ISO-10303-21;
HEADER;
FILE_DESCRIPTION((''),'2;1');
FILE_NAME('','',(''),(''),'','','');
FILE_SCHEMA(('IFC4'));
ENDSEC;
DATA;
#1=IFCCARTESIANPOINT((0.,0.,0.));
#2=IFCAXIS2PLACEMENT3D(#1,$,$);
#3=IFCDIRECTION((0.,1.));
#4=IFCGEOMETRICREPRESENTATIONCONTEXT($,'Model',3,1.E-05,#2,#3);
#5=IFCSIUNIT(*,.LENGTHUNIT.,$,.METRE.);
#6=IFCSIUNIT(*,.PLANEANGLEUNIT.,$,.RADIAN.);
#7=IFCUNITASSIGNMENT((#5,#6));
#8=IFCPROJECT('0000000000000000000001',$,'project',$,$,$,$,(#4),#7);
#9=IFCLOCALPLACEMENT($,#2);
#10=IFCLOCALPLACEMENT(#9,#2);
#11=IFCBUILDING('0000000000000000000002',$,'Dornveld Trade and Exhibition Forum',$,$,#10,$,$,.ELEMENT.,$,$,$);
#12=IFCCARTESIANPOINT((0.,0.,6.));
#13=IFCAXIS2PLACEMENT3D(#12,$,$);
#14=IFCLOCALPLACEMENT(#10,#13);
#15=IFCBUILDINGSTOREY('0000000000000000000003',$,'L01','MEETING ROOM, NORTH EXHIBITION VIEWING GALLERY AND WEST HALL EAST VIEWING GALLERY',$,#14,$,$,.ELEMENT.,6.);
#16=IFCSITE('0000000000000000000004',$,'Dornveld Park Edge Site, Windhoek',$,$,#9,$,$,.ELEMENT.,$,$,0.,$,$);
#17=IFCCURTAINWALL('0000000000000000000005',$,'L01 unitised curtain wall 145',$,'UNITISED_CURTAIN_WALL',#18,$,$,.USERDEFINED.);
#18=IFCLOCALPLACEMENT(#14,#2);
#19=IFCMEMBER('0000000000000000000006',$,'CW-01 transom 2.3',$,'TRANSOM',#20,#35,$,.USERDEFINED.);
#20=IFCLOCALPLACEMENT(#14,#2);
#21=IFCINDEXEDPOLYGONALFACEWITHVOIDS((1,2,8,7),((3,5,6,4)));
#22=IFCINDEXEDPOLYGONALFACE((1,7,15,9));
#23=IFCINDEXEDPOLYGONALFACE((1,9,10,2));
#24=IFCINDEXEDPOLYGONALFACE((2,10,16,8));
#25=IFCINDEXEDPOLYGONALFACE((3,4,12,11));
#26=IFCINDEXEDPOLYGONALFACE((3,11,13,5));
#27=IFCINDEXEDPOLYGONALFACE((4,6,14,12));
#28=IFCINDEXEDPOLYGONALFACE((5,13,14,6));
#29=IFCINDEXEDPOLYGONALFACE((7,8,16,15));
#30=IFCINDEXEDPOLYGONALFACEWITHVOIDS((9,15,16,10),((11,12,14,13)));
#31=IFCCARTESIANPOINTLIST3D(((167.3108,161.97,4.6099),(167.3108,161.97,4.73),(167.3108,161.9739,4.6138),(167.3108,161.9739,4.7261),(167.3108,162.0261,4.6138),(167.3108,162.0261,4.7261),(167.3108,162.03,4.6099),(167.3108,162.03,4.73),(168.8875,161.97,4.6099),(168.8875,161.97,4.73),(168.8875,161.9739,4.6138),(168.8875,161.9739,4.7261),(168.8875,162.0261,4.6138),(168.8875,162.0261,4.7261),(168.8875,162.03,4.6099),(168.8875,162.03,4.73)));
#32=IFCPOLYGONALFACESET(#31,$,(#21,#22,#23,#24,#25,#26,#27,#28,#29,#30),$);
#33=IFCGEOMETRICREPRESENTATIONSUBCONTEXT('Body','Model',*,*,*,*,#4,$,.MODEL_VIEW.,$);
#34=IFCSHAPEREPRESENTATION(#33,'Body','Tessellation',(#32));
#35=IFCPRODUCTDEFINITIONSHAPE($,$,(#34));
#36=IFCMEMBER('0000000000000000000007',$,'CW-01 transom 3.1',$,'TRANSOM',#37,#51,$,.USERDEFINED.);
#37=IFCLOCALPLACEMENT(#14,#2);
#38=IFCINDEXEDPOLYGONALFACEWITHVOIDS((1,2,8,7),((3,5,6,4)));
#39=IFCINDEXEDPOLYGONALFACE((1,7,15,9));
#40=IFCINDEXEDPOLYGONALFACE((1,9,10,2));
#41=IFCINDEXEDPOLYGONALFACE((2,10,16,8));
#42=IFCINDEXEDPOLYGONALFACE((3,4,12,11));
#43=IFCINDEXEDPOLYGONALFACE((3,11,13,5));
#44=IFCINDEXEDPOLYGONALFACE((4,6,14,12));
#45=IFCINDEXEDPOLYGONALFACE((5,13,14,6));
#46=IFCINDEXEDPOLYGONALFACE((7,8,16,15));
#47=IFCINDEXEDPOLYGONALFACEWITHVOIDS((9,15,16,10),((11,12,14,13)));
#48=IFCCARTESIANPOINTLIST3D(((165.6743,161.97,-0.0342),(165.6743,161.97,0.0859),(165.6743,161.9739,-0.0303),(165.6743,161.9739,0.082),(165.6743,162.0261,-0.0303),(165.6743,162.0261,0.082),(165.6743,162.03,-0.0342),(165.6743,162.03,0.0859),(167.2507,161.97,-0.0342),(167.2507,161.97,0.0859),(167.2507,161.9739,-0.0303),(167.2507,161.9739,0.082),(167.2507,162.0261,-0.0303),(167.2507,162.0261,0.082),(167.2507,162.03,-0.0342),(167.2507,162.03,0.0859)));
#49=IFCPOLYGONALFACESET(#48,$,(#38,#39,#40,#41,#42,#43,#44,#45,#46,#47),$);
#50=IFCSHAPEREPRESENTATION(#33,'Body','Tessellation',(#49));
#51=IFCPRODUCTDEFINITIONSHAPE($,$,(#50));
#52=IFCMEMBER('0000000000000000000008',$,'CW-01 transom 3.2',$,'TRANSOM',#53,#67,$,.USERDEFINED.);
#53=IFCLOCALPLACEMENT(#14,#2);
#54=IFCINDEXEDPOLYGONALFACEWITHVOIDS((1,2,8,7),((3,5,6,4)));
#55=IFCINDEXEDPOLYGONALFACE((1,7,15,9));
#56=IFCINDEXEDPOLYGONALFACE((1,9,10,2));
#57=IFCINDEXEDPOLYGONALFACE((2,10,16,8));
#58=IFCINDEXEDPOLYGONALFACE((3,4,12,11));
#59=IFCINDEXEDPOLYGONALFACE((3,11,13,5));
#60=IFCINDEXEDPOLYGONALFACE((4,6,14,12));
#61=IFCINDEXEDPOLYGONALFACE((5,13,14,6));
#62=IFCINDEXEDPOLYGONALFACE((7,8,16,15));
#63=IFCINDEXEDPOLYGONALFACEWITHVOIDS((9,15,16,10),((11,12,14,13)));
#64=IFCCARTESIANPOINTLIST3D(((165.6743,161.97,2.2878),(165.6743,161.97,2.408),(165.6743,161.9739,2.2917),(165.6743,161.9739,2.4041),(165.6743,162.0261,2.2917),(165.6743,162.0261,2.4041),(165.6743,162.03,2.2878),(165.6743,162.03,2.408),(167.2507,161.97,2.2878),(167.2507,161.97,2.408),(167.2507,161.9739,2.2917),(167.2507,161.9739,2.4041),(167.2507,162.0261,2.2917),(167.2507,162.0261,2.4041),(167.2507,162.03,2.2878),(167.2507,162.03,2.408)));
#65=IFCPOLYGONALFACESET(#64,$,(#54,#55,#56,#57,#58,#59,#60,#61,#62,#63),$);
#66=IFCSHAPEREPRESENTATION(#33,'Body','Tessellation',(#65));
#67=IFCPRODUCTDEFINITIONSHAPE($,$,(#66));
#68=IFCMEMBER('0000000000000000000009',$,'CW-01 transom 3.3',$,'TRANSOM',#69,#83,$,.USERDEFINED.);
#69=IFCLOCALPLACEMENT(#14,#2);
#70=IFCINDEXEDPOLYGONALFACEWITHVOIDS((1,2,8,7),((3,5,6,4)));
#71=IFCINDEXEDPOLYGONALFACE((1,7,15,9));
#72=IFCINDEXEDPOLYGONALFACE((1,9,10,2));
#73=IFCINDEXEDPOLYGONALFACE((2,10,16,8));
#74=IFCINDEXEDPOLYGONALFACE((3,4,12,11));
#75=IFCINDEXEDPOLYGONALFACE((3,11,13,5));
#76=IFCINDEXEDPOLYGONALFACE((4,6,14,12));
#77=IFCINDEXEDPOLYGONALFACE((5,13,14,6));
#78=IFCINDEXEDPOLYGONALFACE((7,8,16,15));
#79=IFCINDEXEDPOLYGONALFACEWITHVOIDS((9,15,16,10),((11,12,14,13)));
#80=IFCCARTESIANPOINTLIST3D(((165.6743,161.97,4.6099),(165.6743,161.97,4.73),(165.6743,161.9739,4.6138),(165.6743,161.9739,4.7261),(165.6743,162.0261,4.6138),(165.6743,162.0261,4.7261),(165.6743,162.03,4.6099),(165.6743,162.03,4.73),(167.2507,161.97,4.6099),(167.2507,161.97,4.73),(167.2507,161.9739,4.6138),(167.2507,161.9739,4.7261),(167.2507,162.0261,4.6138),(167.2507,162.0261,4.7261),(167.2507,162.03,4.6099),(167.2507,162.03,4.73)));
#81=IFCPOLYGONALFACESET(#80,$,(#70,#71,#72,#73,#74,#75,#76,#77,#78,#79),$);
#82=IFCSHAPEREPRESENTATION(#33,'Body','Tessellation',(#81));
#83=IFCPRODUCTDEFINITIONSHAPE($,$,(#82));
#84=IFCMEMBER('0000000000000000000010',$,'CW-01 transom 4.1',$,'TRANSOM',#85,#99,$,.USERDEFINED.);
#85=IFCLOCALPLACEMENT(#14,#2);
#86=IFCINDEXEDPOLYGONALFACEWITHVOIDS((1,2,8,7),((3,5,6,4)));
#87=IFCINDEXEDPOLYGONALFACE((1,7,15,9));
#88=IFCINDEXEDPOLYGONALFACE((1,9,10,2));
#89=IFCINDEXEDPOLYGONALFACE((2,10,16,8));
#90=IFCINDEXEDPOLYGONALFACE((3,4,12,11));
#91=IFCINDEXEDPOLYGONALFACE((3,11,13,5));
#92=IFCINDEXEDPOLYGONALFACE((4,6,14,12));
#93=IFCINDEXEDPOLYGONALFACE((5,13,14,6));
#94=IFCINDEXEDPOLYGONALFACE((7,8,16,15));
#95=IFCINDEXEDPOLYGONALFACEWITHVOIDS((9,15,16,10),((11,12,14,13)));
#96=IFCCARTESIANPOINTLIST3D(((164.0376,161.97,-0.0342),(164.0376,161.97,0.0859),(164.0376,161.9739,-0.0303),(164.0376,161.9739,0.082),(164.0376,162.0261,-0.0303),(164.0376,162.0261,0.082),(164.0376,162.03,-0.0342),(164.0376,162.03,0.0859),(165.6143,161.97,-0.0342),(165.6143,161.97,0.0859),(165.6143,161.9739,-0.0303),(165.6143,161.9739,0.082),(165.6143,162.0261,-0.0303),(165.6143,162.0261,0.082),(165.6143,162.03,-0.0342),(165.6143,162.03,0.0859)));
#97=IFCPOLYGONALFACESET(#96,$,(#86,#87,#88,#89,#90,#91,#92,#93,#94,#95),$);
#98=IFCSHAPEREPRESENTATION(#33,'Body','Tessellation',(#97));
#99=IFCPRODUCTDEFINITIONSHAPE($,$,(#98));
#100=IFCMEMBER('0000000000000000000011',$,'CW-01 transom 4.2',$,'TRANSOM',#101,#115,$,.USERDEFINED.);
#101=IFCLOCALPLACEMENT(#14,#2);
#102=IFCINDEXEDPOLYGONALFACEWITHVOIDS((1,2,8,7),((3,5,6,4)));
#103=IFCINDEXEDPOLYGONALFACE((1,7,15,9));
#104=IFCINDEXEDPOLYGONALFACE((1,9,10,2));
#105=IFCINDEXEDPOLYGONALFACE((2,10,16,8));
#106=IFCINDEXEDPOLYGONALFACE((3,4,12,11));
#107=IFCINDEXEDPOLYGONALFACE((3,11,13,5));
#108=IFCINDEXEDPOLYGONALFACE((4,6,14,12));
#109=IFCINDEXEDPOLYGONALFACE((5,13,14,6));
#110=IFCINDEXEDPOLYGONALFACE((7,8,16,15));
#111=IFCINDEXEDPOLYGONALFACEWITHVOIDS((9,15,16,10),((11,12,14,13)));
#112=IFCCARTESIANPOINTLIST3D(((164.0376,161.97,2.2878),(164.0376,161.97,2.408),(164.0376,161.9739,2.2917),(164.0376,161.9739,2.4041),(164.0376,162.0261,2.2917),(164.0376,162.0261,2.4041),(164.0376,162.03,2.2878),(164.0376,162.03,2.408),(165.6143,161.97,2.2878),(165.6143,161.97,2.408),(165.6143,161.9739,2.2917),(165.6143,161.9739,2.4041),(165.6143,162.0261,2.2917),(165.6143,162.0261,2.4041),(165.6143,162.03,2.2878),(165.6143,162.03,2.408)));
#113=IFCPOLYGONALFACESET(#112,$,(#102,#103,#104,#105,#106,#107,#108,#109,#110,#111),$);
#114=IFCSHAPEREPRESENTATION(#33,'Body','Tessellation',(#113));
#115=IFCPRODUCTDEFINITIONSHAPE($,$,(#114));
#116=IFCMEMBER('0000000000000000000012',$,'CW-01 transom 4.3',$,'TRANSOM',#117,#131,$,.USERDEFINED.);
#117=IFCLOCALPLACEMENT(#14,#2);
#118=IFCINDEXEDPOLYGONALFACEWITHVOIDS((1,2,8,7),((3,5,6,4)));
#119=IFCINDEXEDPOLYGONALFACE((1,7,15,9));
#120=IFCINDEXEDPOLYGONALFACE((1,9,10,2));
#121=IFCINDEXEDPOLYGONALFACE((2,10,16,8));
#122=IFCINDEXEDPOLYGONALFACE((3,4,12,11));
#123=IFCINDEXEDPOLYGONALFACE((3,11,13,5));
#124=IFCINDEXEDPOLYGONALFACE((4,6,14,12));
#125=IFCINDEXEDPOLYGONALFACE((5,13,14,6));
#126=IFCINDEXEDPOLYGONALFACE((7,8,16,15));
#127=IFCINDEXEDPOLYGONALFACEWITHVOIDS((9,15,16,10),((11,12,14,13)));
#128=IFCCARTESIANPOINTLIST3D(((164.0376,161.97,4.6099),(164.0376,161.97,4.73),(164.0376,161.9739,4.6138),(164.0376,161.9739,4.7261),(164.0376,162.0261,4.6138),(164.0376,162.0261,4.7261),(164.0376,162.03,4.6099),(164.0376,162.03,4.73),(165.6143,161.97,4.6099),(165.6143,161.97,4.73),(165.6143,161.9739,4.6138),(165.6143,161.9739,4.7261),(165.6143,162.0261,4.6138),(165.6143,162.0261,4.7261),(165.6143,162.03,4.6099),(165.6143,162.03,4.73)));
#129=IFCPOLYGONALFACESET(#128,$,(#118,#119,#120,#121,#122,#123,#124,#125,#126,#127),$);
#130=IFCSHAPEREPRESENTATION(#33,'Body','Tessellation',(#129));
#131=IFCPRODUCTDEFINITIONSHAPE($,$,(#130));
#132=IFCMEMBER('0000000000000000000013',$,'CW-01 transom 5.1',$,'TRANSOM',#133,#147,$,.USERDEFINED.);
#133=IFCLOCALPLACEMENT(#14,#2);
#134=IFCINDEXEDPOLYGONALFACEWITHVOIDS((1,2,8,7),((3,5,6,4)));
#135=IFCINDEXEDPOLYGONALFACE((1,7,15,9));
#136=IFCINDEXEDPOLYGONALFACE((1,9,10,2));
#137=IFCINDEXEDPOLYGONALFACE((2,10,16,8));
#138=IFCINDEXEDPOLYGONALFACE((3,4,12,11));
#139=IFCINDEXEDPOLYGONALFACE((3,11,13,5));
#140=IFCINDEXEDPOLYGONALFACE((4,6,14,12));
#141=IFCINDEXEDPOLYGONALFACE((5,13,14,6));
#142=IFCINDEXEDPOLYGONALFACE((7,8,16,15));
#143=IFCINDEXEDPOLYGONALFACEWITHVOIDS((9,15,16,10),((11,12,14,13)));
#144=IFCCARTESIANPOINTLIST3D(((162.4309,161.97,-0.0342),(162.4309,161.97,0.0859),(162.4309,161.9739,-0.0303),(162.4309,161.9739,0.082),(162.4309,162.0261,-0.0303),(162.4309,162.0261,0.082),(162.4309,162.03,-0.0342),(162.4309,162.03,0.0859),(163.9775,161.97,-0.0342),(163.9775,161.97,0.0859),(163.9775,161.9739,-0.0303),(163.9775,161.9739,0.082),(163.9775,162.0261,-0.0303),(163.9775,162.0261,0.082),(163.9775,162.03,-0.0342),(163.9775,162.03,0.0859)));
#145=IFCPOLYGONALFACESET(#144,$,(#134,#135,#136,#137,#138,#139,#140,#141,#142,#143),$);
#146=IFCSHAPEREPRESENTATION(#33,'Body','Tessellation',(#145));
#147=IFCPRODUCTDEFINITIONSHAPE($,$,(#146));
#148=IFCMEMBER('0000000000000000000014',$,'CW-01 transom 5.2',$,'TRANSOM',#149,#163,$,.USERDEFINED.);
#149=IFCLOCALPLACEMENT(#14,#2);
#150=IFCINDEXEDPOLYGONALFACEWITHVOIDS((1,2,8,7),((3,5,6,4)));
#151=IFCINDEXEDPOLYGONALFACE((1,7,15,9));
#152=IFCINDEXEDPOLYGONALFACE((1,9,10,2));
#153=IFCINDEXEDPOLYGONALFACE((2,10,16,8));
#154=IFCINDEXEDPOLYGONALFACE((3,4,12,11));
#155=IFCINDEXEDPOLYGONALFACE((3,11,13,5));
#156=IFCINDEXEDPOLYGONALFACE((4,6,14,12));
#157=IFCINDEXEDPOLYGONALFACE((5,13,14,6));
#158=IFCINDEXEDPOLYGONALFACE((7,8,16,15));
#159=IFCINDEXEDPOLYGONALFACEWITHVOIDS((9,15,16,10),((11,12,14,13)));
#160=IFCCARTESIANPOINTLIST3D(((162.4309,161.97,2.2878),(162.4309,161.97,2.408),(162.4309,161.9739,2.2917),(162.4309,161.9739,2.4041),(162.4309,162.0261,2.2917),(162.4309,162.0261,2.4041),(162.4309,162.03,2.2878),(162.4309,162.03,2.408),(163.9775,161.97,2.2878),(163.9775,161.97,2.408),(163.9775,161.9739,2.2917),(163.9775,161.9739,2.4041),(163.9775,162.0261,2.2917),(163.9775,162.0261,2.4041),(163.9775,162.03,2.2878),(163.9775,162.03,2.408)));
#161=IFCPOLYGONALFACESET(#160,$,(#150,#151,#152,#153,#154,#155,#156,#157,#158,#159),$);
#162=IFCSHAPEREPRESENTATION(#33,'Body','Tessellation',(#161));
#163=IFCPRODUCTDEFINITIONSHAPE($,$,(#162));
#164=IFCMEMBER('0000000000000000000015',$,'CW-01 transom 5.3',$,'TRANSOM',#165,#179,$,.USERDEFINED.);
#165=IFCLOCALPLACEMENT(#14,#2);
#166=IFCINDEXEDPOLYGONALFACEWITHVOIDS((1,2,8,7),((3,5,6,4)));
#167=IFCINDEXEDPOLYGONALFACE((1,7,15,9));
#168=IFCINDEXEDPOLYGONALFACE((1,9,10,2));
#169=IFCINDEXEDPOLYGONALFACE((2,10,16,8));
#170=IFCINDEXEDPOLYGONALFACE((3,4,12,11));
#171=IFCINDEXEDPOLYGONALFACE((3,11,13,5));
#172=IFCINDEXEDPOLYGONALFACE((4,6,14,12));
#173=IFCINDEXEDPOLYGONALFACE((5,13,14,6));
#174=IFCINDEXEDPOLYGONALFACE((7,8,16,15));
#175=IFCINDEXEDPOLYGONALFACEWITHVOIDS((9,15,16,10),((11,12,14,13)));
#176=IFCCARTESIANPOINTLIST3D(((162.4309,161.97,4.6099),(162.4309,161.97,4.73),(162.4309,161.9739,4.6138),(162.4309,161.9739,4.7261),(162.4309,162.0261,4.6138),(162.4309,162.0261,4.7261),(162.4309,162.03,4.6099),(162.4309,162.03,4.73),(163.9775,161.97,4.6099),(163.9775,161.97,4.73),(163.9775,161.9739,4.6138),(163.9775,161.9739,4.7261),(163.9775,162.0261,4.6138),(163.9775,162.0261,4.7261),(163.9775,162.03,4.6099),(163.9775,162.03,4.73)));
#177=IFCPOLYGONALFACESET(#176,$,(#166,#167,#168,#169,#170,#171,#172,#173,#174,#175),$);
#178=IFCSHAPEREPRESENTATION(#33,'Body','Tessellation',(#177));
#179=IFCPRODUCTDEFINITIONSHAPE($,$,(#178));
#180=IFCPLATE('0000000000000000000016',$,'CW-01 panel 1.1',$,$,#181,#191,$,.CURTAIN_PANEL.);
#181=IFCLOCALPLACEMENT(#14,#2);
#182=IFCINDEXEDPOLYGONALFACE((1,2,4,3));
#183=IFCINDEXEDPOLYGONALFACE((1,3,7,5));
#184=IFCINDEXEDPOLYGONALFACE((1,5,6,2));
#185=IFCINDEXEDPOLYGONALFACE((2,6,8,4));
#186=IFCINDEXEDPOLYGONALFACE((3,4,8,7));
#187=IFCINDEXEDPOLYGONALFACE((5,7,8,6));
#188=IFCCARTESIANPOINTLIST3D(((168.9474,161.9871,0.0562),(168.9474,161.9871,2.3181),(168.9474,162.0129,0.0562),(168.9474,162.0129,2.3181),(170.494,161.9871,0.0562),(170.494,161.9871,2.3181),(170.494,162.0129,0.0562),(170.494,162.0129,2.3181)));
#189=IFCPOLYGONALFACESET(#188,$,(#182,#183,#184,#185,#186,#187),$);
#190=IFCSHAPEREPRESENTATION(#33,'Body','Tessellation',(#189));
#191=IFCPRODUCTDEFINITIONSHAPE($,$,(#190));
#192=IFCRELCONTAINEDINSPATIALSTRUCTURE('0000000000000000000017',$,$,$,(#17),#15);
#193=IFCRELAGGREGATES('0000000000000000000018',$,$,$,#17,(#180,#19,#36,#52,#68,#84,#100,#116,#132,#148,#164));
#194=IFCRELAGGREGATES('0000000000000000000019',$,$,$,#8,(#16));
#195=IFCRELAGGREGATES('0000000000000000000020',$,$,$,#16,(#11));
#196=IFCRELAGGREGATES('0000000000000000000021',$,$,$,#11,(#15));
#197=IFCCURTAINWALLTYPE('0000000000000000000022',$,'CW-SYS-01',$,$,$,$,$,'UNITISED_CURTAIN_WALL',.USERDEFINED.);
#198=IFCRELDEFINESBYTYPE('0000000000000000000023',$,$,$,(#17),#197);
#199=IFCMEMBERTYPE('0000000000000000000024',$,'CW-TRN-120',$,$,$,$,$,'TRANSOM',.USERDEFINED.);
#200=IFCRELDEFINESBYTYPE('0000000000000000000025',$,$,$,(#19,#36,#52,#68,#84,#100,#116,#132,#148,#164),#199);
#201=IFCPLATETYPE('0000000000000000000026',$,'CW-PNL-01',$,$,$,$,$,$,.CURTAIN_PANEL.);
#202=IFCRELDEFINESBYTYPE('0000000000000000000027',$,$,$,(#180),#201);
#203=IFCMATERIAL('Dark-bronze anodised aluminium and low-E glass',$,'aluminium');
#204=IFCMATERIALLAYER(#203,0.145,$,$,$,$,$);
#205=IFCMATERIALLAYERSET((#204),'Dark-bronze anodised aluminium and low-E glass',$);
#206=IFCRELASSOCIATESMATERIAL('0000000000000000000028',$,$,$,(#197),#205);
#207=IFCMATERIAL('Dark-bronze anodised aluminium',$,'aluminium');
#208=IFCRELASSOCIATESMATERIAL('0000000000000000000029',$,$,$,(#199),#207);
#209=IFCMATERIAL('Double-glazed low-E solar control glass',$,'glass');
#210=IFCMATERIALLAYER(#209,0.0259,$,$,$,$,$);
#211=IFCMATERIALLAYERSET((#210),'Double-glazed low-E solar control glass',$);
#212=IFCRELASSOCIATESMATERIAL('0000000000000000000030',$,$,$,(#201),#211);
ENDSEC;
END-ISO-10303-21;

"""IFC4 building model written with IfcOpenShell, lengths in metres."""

from ifc_helpers import new_model, si_unit, direction, frame, origin, origin_2d, place, context, subcontext, project, spatial, rectangle, hollow_rectangle, extrude, material, layer, layer_set, material_profile, profile_set, type_object, element, aggregate, save


model = new_model("IFC4")

# Units and contexts
model_context = context("Model", 3, precision=1e-05, world=origin(), true_north=direction((0.0, 1.0)))
body_context = subcontext(model_context, "Body", "Model", "MODEL_VIEW")
ifc_project = project(units=[si_unit("LENGTHUNIT", "METRE"), si_unit("PLANEANGLEUNIT", "RADIAN")], contexts=[model_context])

# Site, building, storey
site_placement = place(None, origin())
site = spatial("IfcSite", under=ifc_project, at=site_placement, Name="Dornveld Park Edge Site, Windhoek", CompositionType="ELEMENT", RefElevation=0.0)
building_placement = place(site_placement, origin())
building = spatial("IfcBuilding", under=site, at=building_placement, Name="Dornveld Trade and Exhibition Forum", CompositionType="ELEMENT")
storey_placement = place(building_placement, frame((0.0, 0.0, 6.0)))
storey = spatial("IfcBuildingStorey", under=building, at=storey_placement, Name="L01", Description="MEETING ROOM, NORTH EXHIBITION VIEWING GALLERY AND WEST HALL EAST VIEWING GALLERY", CompositionType="ELEMENT", Elevation=6.0)

# Curtain wall, members, plate
ifc_material_1 = material(Name="Dark-bronze anodised aluminium and low-E glass", Category="aluminium")
ifc_layer_1 = layer(ifc_material_1, 0.145)
ifc_layer_set_1 = layer_set([ifc_layer_1], Name="Dark-bronze anodised aluminium and low-E glass")
curtain_wall_type = type_object("IfcCurtainWallType", Name="CW-SYS-01", ElementType="UNITISED_CURTAIN_WALL", PredefinedType="USERDEFINED", material=ifc_layer_set_1)
curtain_wall_placement = place(storey_placement, origin())
curtain_wall = element("IfcCurtainWall", 1, at=curtain_wall_placement, inside=storey, type_object=curtain_wall_type, Name="L01 unitised curtain wall 145", ObjectType="UNITISED_CURTAIN_WALL", PredefinedType="USERDEFINED")
ifc_material_2 = material(Name="Dark-bronze anodised aluminium", Category="aluminium")
ifc_material_profile_1 = material_profile(ifc_material_2, hollow_rectangle(XDim=0.0601, YDim=0.1201, WallThickness=0.0039, at=origin_2d()), Name="RHS 120x60x4")
ifc_profile_set_1 = profile_set([ifc_material_profile_1], Name="Dark-bronze anodised aluminium")
member_type_1 = type_object("IfcMemberType", Name="CW-TRN-120", ElementType="TRANSOM", PredefinedType="USERDEFINED", material=ifc_profile_set_1)
member_1_placement = place(storey_placement, frame((168.8875, 162.0, 4.6699), z_axis=(-1.0, 0.0, 0.0), x_axis=(0.0, -1.0, 0.0)))
member_1 = element("IfcMember", 2, at=member_1_placement, type_object=member_type_1, Name="CW-01 transom 2.3", ObjectType="TRANSOM", PredefinedType="USERDEFINED", context=body_context, shape_type="SweptSolid", body=[
    extrude(hollow_rectangle(XDim=0.0601, YDim=0.1201, WallThickness=0.0039, at=origin_2d()), origin(), (0.0, 0.0, 1.0), 1.5767),
])
member_2_placement = place(storey_placement, frame((167.2507, 162.0, 0.0259), z_axis=(-1.0, 0.0, 0.0), x_axis=(0.0, -1.0, 0.0)))
member_2 = element("IfcMember", 3, at=member_2_placement, type_object=member_type_1, Name="CW-01 transom 3.1", ObjectType="TRANSOM", PredefinedType="USERDEFINED", context=body_context, shape_type="SweptSolid", body=[
    extrude(hollow_rectangle(XDim=0.0601, YDim=0.1201, WallThickness=0.0039, at=origin_2d()), origin(), (0.0, 0.0, 1.0), 1.5764),
])
member_3_placement = place(storey_placement, frame((167.2507, 162.0, 2.3479), z_axis=(-1.0, 0.0, 0.0), x_axis=(0.0, -1.0, 0.0)))
member_3 = element("IfcMember", 4, at=member_3_placement, type_object=member_type_1, Name="CW-01 transom 3.2", ObjectType="TRANSOM", PredefinedType="USERDEFINED", context=body_context, shape_type="SweptSolid", body=[
    extrude(hollow_rectangle(XDim=0.0601, YDim=0.1201, WallThickness=0.0039, at=origin_2d()), origin(), (0.0, 0.0, 1.0), 1.5764),
])
member_4_placement = place(storey_placement, frame((167.2507, 162.0, 4.6699), z_axis=(-1.0, 0.0, 0.0), x_axis=(0.0, -1.0, 0.0)))
member_4 = element("IfcMember", 5, at=member_4_placement, type_object=member_type_1, Name="CW-01 transom 3.3", ObjectType="TRANSOM", PredefinedType="USERDEFINED", context=body_context, shape_type="SweptSolid", body=[
    extrude(hollow_rectangle(XDim=0.0601, YDim=0.1201, WallThickness=0.0039, at=origin_2d()), origin(), (0.0, 0.0, 1.0), 1.5764),
])
member_5_placement = place(storey_placement, frame((165.6143, 162.0, 0.0259), z_axis=(-1.0, 0.0, 0.0), x_axis=(0.0, -1.0, 0.0)))
member_5 = element("IfcMember", 6, at=member_5_placement, type_object=member_type_1, Name="CW-01 transom 4.1", ObjectType="TRANSOM", PredefinedType="USERDEFINED", context=body_context, shape_type="SweptSolid", body=[
    extrude(hollow_rectangle(XDim=0.0601, YDim=0.1201, WallThickness=0.0039, at=origin_2d()), origin(), (0.0, 0.0, 1.0), 1.5767),
])
member_6_placement = place(storey_placement, frame((165.6143, 162.0, 2.3479), z_axis=(-1.0, 0.0, 0.0), x_axis=(0.0, -1.0, 0.0)))
member_6 = element("IfcMember", 7, at=member_6_placement, type_object=member_type_1, Name="CW-01 transom 4.2", ObjectType="TRANSOM", PredefinedType="USERDEFINED", context=body_context, shape_type="SweptSolid", body=[
    extrude(hollow_rectangle(XDim=0.0601, YDim=0.1201, WallThickness=0.0039, at=origin_2d()), origin(), (0.0, 0.0, 1.0), 1.5767),
])
member_7_placement = place(storey_placement, frame((165.6143, 162.0, 4.6699), z_axis=(-1.0, 0.0, 0.0), x_axis=(0.0, -1.0, 0.0)))
member_7 = element("IfcMember", 8, at=member_7_placement, type_object=member_type_1, Name="CW-01 transom 4.3", ObjectType="TRANSOM", PredefinedType="USERDEFINED", context=body_context, shape_type="SweptSolid", body=[
    extrude(hollow_rectangle(XDim=0.0601, YDim=0.1201, WallThickness=0.0039, at=origin_2d()), origin(), (0.0, 0.0, 1.0), 1.5767),
])
member_8_placement = place(storey_placement, frame((163.9775, 162.0, 0.0259), z_axis=(-1.0, 0.0, 0.0), x_axis=(0.0, -1.0, 0.0)))
member_8 = element("IfcMember", 9, at=member_8_placement, type_object=member_type_1, Name="CW-01 transom 5.1", ObjectType="TRANSOM", PredefinedType="USERDEFINED", context=body_context, shape_type="SweptSolid", body=[
    extrude(hollow_rectangle(XDim=0.0601, YDim=0.1201, WallThickness=0.0039, at=origin_2d()), origin(), (0.0, 0.0, 1.0), 1.5466),
])
member_9_placement = place(storey_placement, frame((163.9775, 162.0, 2.3479), z_axis=(-1.0, 0.0, 0.0), x_axis=(0.0, -1.0, 0.0)))
member_9 = element("IfcMember", 10, at=member_9_placement, type_object=member_type_1, Name="CW-01 transom 5.2", ObjectType="TRANSOM", PredefinedType="USERDEFINED", context=body_context, shape_type="SweptSolid", body=[
    extrude(hollow_rectangle(XDim=0.0601, YDim=0.1201, WallThickness=0.0039, at=origin_2d()), origin(), (0.0, 0.0, 1.0), 1.5466),
])
member_10_placement = place(storey_placement, frame((163.9775, 162.0, 4.6699), z_axis=(-1.0, 0.0, 0.0), x_axis=(0.0, -1.0, 0.0)))
member_10 = element("IfcMember", 11, at=member_10_placement, type_object=member_type_1, Name="CW-01 transom 5.3", ObjectType="TRANSOM", PredefinedType="USERDEFINED", context=body_context, shape_type="SweptSolid", body=[
    extrude(hollow_rectangle(XDim=0.0601, YDim=0.1201, WallThickness=0.0039, at=origin_2d()), origin(), (0.0, 0.0, 1.0), 1.5466),
])
ifc_material_3 = material(Name="Double-glazed low-E solar control glass", Category="glass")
ifc_layer_2 = layer(ifc_material_3, 0.0259)
ifc_layer_set_2 = layer_set([ifc_layer_2], Name="Double-glazed low-E solar control glass")
plate_type = type_object("IfcPlateType", Name="CW-PNL-01", PredefinedType="CURTAIN_PANEL", material=ifc_layer_set_2)
plate_1_placement = place(storey_placement, frame((169.7207, 162.0, 0.0562), z_axis=(0.0, 0.0, 1.0), x_axis=(-1.0, 0.0, 0.0)))
plate_1 = element("IfcPlate", 12, at=plate_1_placement, type_object=plate_type, Name="CW-01 panel 1.1", PredefinedType="CURTAIN_PANEL", context=body_context, shape_type="SweptSolid", body=[
    extrude(rectangle(XDim=1.5466, YDim=0.0259, at=origin_2d()), origin(), (0.0, 0.0, 1.0), 2.262),
])
aggregate(curtain_wall, [plate_1, member_1, member_2, member_3, member_4, member_5, member_6, member_7, member_8, member_9, member_10])

save(model, "model.ifc")
